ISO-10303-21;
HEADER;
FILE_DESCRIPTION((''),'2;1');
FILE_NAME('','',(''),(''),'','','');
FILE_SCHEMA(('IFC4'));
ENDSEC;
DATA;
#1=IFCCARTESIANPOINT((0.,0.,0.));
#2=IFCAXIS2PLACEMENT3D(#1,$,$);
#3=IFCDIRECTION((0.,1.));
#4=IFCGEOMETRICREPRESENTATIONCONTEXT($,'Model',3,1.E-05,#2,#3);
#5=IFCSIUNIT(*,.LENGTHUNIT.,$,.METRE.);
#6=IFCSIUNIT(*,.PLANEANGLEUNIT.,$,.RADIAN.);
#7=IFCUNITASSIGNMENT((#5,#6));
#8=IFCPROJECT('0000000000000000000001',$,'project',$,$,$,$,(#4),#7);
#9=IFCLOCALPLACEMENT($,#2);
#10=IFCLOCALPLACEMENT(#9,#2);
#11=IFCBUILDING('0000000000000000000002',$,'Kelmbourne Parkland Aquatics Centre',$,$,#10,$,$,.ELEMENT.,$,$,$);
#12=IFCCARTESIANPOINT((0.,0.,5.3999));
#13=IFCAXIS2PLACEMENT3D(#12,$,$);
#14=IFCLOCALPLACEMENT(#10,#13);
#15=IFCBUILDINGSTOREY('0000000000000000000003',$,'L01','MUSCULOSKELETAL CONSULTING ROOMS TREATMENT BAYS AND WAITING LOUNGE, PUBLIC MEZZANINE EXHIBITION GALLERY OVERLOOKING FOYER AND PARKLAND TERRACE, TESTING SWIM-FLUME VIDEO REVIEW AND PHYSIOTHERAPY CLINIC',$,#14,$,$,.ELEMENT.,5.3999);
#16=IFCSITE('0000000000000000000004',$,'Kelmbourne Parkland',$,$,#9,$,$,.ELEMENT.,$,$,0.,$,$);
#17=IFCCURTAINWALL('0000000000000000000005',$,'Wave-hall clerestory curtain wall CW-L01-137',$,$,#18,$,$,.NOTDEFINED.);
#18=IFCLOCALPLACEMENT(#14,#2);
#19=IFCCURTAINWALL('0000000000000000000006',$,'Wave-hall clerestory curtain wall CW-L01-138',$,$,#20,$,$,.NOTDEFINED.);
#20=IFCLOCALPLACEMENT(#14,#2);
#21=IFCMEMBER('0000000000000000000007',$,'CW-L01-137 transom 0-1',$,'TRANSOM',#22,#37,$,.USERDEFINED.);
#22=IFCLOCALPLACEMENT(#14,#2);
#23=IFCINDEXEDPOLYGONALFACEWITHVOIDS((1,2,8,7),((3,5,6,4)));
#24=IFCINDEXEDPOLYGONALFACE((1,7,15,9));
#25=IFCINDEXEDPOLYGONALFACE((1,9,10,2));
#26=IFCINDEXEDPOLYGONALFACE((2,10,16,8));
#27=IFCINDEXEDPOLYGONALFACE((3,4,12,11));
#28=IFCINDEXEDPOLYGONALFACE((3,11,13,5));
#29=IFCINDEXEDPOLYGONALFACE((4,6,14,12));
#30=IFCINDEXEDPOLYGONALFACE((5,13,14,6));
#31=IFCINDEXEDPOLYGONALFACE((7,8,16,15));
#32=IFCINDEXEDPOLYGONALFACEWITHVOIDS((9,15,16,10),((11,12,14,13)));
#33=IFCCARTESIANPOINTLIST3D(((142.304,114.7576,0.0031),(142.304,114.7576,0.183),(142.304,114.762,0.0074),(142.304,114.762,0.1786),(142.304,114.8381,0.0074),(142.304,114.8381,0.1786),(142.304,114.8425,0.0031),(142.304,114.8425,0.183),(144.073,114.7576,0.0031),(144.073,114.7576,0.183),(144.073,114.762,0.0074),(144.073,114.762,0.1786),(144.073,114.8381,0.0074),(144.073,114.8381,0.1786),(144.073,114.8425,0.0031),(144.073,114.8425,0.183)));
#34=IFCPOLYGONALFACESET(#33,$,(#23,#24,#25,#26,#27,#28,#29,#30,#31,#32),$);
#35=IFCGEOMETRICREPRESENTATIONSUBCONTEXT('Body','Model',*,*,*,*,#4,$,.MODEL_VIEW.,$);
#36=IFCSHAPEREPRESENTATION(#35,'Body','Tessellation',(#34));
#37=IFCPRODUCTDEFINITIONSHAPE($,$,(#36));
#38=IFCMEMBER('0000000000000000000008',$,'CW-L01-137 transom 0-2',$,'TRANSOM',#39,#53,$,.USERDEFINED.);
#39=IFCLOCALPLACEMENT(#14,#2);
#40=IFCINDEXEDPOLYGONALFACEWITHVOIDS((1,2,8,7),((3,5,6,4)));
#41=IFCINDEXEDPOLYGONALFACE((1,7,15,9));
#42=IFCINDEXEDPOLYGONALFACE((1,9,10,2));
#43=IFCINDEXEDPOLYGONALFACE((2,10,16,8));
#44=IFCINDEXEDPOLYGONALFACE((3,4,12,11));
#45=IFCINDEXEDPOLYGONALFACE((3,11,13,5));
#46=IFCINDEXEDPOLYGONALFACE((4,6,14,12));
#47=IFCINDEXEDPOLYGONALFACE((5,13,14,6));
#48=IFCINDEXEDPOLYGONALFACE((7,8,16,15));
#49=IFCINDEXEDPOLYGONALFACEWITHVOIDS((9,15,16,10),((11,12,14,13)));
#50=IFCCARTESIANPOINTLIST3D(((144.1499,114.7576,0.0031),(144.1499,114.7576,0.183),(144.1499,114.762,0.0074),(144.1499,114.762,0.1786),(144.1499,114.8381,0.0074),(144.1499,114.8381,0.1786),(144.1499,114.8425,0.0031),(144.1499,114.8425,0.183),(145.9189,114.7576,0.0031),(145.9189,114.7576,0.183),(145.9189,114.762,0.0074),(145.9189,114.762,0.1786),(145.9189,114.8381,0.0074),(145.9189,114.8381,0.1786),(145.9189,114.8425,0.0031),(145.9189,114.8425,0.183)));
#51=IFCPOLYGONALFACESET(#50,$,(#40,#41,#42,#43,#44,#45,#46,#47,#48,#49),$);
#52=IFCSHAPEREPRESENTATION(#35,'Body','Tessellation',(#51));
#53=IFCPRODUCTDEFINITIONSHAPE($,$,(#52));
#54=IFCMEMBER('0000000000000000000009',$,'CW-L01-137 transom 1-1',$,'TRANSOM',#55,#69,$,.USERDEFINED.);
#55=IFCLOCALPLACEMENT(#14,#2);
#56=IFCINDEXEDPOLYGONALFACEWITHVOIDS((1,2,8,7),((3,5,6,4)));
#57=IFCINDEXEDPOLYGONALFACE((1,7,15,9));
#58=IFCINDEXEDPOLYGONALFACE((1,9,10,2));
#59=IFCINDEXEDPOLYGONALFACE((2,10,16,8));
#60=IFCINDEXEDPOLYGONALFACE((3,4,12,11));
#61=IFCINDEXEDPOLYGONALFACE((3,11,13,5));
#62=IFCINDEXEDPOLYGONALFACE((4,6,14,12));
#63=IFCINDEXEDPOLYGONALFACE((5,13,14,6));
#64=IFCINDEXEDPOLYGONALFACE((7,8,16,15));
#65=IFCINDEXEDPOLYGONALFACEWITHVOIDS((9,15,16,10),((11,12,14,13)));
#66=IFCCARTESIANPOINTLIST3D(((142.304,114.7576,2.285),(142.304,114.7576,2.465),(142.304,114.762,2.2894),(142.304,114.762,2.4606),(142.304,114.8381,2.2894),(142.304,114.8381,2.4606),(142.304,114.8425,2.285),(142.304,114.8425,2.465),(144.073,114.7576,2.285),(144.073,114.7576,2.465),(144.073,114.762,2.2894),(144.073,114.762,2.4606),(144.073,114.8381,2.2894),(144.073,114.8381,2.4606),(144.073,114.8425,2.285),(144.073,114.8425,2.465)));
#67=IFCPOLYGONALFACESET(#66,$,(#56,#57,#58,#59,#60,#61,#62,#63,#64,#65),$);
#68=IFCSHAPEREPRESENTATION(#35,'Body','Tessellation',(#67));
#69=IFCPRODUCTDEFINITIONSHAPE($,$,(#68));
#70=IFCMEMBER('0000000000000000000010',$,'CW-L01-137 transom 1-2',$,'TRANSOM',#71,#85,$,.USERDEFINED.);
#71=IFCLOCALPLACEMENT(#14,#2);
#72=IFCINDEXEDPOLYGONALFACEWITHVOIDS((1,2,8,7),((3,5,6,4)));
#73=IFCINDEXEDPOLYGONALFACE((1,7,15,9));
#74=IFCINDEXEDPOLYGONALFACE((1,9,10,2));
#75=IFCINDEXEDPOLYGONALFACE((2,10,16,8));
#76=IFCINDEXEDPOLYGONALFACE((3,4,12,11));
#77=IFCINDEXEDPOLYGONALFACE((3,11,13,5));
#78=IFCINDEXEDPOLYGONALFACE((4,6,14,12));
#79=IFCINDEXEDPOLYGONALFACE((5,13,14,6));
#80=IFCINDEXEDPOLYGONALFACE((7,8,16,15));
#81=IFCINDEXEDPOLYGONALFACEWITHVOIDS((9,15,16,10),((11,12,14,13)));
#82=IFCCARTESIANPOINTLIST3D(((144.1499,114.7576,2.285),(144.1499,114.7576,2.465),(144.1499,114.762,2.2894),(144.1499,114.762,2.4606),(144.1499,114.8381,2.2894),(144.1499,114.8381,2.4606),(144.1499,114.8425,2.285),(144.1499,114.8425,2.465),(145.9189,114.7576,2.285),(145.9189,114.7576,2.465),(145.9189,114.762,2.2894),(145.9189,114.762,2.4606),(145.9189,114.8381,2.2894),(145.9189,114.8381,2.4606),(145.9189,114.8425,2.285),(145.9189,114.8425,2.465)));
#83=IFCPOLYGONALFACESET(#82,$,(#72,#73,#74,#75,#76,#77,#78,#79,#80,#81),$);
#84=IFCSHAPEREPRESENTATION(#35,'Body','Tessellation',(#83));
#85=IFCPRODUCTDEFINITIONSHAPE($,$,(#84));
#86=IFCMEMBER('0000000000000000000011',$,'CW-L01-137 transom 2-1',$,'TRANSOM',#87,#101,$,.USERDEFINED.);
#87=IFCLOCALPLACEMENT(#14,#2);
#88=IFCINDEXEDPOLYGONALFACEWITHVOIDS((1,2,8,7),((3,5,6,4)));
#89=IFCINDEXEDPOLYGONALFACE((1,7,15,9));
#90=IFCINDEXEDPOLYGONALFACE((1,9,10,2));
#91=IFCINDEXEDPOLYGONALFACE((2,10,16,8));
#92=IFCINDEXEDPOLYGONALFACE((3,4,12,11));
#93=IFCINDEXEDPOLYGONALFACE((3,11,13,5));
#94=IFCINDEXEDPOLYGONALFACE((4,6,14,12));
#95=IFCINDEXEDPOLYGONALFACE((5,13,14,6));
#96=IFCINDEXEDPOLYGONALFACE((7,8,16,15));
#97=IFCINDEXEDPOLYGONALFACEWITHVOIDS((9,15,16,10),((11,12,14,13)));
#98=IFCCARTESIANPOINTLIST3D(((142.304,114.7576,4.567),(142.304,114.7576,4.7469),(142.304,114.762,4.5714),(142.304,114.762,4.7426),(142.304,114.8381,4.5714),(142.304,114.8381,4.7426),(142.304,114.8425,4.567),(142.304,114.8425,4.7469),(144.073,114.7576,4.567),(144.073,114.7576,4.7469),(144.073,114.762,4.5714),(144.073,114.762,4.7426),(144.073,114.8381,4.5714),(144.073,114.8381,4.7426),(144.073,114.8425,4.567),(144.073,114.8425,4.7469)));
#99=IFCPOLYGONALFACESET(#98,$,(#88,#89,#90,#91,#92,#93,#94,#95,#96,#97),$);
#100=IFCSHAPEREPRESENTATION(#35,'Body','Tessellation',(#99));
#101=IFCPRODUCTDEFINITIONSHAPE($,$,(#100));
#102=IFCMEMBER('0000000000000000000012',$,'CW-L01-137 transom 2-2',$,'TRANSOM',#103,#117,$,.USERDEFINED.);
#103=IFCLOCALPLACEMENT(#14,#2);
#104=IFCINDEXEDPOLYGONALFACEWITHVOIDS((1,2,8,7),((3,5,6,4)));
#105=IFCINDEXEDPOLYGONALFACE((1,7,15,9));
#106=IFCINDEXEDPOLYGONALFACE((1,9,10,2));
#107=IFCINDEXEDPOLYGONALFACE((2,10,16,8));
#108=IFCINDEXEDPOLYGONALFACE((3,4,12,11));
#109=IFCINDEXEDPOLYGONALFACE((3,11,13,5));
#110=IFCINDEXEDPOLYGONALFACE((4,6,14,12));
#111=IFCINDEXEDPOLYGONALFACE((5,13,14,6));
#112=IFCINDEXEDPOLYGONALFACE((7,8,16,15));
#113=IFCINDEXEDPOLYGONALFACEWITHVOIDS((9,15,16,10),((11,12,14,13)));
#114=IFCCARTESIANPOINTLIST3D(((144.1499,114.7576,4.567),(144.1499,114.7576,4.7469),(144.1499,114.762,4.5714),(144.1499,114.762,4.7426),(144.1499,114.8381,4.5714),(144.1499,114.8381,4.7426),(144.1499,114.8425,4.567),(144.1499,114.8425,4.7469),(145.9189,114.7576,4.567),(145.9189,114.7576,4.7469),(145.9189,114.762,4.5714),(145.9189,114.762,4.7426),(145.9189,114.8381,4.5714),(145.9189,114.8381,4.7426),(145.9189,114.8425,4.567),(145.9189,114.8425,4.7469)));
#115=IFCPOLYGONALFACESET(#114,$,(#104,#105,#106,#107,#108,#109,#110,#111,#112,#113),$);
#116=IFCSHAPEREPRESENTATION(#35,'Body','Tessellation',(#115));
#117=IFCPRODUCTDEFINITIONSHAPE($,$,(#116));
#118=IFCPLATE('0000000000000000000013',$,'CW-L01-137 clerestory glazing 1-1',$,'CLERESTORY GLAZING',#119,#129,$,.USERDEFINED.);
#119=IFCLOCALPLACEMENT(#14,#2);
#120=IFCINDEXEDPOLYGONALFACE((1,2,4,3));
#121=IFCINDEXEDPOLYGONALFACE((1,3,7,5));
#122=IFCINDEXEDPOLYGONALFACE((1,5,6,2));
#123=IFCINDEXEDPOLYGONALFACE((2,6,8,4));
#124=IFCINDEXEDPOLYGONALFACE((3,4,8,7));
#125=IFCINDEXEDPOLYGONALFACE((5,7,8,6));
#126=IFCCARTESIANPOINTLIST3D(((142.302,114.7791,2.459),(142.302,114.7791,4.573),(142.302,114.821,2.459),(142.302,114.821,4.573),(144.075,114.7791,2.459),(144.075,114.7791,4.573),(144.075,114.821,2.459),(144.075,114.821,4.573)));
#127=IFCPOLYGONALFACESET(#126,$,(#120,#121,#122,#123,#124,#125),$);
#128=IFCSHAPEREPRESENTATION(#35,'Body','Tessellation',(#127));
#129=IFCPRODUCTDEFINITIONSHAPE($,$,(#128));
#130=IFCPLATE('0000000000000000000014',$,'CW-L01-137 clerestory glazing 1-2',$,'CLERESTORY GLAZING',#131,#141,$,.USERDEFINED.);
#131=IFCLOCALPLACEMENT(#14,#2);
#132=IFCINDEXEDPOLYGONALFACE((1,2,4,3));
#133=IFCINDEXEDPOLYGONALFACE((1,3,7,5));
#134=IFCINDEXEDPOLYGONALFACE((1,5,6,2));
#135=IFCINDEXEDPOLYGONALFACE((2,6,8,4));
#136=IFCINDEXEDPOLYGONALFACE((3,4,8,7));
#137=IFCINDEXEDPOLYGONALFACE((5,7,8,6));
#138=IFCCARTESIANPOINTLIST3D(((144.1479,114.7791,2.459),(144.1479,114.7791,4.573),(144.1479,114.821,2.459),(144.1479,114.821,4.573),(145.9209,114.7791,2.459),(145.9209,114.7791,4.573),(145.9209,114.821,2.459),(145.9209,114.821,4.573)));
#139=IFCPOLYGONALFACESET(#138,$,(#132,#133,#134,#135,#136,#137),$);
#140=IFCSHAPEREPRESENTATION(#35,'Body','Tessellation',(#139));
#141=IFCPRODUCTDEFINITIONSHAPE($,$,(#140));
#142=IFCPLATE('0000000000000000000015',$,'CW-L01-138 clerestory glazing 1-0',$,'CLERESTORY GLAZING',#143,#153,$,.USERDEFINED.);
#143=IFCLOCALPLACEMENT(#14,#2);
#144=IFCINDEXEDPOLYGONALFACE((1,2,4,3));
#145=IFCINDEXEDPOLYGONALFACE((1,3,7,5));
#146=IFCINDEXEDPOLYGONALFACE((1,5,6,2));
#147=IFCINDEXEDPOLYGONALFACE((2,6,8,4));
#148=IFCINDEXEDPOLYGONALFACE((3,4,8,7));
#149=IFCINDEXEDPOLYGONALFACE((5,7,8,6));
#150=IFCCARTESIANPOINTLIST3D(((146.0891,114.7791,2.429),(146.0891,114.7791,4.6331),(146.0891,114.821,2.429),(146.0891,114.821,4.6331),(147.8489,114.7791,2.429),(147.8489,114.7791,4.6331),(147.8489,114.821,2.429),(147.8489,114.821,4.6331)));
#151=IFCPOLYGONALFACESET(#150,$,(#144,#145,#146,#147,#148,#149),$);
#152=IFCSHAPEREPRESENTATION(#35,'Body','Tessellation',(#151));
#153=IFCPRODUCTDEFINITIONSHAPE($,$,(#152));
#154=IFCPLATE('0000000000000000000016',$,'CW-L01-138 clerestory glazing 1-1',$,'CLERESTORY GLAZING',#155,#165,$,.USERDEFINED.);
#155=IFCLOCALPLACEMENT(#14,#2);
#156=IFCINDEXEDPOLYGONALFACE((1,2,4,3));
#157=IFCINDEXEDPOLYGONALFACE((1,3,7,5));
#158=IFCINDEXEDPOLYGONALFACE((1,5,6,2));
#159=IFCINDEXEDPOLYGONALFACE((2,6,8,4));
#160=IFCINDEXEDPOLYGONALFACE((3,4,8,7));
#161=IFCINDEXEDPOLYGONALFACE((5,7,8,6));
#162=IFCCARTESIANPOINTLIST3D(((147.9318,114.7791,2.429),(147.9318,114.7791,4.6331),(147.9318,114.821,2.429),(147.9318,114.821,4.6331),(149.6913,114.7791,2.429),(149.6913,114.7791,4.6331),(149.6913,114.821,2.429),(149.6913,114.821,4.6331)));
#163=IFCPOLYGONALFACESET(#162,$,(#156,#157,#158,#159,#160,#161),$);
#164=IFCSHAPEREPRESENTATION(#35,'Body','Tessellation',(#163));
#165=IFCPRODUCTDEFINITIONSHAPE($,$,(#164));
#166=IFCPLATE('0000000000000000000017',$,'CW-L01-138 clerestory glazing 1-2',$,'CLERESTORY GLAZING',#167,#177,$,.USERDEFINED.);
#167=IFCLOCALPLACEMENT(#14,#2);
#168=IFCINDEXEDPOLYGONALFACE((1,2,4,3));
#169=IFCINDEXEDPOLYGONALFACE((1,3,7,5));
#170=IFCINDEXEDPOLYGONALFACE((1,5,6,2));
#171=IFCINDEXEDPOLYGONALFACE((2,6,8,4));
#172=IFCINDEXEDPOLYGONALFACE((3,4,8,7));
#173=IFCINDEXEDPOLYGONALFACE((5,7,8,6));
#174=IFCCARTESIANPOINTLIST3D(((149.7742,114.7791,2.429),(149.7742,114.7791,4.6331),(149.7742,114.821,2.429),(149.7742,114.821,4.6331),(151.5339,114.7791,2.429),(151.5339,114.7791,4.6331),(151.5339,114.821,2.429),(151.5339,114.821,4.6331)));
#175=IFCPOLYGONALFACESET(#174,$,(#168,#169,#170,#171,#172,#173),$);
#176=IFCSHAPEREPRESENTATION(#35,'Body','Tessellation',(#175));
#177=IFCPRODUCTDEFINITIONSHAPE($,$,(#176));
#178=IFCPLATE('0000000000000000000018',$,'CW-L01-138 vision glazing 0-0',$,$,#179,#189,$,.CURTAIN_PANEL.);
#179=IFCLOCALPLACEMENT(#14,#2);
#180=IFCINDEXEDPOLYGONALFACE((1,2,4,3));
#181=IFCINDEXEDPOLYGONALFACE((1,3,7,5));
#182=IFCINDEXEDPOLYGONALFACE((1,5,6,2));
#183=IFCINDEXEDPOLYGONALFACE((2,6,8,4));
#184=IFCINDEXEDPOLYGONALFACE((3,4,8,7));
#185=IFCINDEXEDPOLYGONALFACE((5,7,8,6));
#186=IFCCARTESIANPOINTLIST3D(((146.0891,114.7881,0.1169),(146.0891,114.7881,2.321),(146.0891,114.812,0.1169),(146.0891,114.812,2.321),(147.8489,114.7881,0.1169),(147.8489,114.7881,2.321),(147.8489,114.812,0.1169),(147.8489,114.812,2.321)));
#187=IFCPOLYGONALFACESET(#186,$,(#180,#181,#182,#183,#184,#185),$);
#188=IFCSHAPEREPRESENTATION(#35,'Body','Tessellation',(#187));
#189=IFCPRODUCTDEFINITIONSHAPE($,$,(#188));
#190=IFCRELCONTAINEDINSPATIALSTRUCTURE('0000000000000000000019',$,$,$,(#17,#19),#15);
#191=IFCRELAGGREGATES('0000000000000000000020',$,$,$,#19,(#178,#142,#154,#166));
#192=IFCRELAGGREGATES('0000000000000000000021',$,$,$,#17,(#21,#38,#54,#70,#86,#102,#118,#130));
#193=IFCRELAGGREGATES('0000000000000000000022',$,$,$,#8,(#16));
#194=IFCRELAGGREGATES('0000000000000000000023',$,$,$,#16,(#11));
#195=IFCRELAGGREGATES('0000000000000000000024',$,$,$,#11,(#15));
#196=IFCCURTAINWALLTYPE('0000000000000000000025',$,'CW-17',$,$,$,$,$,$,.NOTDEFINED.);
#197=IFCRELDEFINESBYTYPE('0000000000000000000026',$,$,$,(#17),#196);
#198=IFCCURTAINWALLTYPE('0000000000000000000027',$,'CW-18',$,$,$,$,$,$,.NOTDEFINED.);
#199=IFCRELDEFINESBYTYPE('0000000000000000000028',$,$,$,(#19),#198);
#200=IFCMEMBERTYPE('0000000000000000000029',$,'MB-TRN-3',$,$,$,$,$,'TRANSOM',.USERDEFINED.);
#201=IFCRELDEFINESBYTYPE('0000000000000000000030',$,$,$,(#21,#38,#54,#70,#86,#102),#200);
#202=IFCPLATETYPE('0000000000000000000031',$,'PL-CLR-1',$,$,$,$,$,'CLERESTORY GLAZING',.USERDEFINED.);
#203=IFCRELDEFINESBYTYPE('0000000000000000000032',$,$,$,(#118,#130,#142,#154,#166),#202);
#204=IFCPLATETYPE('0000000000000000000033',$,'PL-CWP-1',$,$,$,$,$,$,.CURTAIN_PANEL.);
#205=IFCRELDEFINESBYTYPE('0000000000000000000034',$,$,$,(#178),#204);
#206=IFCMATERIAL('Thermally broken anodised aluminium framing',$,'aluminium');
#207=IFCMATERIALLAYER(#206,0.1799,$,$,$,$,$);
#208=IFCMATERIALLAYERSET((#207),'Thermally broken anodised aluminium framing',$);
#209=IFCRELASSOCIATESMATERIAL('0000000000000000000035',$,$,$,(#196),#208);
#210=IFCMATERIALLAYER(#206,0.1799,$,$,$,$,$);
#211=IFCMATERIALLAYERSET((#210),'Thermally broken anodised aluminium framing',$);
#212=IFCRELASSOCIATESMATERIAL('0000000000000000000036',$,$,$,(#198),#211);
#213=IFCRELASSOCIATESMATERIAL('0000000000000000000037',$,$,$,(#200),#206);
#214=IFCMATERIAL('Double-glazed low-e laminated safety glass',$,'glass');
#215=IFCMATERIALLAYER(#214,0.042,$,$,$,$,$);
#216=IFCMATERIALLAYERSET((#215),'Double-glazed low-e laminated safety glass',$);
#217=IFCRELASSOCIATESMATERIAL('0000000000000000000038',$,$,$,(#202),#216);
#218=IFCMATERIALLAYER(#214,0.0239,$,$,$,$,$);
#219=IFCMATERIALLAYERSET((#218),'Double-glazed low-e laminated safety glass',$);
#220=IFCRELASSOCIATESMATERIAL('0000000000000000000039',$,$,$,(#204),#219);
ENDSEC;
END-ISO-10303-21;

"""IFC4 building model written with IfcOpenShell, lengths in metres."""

from ifc_helpers import new_model, si_unit, direction, frame, origin, origin_2d, place, context, subcontext, project, spatial, rectangle, hollow_rectangle, extrude, material, layer, layer_set, material_profile, profile_set, type_object, element, aggregate, save


model = new_model("IFC4")

# Units and contexts
model_context = context("Model", 3, precision=1e-05, world=origin(), true_north=direction((0.0, 1.0)))
body_context = subcontext(model_context, "Body", "Model", "MODEL_VIEW")
ifc_project = project(units=[si_unit("LENGTHUNIT", "METRE"), si_unit("PLANEANGLEUNIT", "RADIAN")], contexts=[model_context])

# Site, building, storey
site_placement = place(None, origin())
site = spatial("IfcSite", under=ifc_project, at=site_placement, Name="Kelmbourne Parkland", CompositionType="ELEMENT", RefElevation=0.0)
building_placement = place(site_placement, origin())
building = spatial("IfcBuilding", under=site, at=building_placement, Name="Kelmbourne Parkland Aquatics Centre", CompositionType="ELEMENT")
storey_placement = place(building_placement, frame((0.0, 0.0, 5.3999)))
storey = spatial("IfcBuildingStorey", under=building, at=storey_placement, Name="L01", Description="MUSCULOSKELETAL CONSULTING ROOMS TREATMENT BAYS AND WAITING LOUNGE, PUBLIC MEZZANINE EXHIBITION GALLERY OVERLOOKING FOYER AND PARKLAND TERRACE, TESTING SWIM-FLUME VIDEO REVIEW AND PHYSIOTHERAPY CLINIC", CompositionType="ELEMENT", Elevation=5.3999)

# Curtain walls
ifc_material_1 = material(Name="Thermally broken anodised aluminium framing", Category="aluminium")
ifc_layer_1 = layer(ifc_material_1, 0.1799)
ifc_layer_set_1 = layer_set([ifc_layer_1], Name="Thermally broken anodised aluminium framing")
curtain_wall_type_1 = type_object("IfcCurtainWallType", Name="CW-17", PredefinedType="NOTDEFINED", material=ifc_layer_set_1)
curtain_wall_1_placement = place(storey_placement, origin())
curtain_wall_1 = element("IfcCurtainWall", 1, at=curtain_wall_1_placement, inside=storey, type_object=curtain_wall_type_1, Name="Wave-hall clerestory curtain wall CW-L01-137", PredefinedType="NOTDEFINED")
ifc_layer_2 = layer(ifc_material_1, 0.1799)
ifc_layer_set_2 = layer_set([ifc_layer_2], Name="Thermally broken anodised aluminium framing")
curtain_wall_type_2 = type_object("IfcCurtainWallType", Name="CW-18", PredefinedType="NOTDEFINED", material=ifc_layer_set_2)
curtain_wall_2_placement = place(storey_placement, origin())
curtain_wall_2 = element("IfcCurtainWall", 2, at=curtain_wall_2_placement, inside=storey, type_object=curtain_wall_type_2, Name="Wave-hall clerestory curtain wall CW-L01-138", PredefinedType="NOTDEFINED")

# Members
ifc_material_profile_1 = material_profile(ifc_material_1, hollow_rectangle(XDim=0.085, YDim=0.1799, WallThickness=0.0044, at=origin_2d()), Name="CW-T 85x180")
ifc_profile_set_1 = profile_set([ifc_material_profile_1], Name="Thermally broken anodised aluminium framing")
member_type_1 = type_object("IfcMemberType", Name="MB-TRN-3", ElementType="TRANSOM", PredefinedType="USERDEFINED", material=ifc_profile_set_1)
member_1_placement = place(storey_placement, frame((142.304, 114.8, 0.093), z_axis=(1.0, 0.0, 0.0), x_axis=(0.0, 1.0, 0.0)))
member_1 = element("IfcMember", 3, at=member_1_placement, type_object=member_type_1, Name="CW-L01-137 transom 0-1", ObjectType="TRANSOM", PredefinedType="USERDEFINED", context=body_context, shape_type="SweptSolid", body=[
    extrude(hollow_rectangle(XDim=0.085, YDim=0.1799, WallThickness=0.0044, at=origin_2d()), origin(), (0.0, 0.0, 1.0), 1.769),
])
member_2_placement = place(storey_placement, frame((144.1499, 114.8, 0.093), z_axis=(1.0, 0.0, 0.0), x_axis=(0.0, 1.0, 0.0)))
member_2 = element("IfcMember", 4, at=member_2_placement, type_object=member_type_1, Name="CW-L01-137 transom 0-2", ObjectType="TRANSOM", PredefinedType="USERDEFINED", context=body_context, shape_type="SweptSolid", body=[
    extrude(hollow_rectangle(XDim=0.085, YDim=0.1799, WallThickness=0.0044, at=origin_2d()), origin(), (0.0, 0.0, 1.0), 1.769),
])
member_3_placement = place(storey_placement, frame((142.304, 114.8, 2.375), z_axis=(1.0, 0.0, 0.0), x_axis=(0.0, 1.0, 0.0)))
member_3 = element("IfcMember", 5, at=member_3_placement, type_object=member_type_1, Name="CW-L01-137 transom 1-1", ObjectType="TRANSOM", PredefinedType="USERDEFINED", context=body_context, shape_type="SweptSolid", body=[
    extrude(hollow_rectangle(XDim=0.085, YDim=0.1799, WallThickness=0.0044, at=origin_2d()), origin(), (0.0, 0.0, 1.0), 1.769),
])
member_4_placement = place(storey_placement, frame((144.1499, 114.8, 2.375), z_axis=(1.0, 0.0, 0.0), x_axis=(0.0, 1.0, 0.0)))
member_4 = element("IfcMember", 6, at=member_4_placement, type_object=member_type_1, Name="CW-L01-137 transom 1-2", ObjectType="TRANSOM", PredefinedType="USERDEFINED", context=body_context, shape_type="SweptSolid", body=[
    extrude(hollow_rectangle(XDim=0.085, YDim=0.1799, WallThickness=0.0044, at=origin_2d()), origin(), (0.0, 0.0, 1.0), 1.769),
])
member_5_placement = place(storey_placement, frame((142.304, 114.8, 4.657), z_axis=(1.0, 0.0, 0.0), x_axis=(0.0, 1.0, 0.0)))
member_5 = element("IfcMember", 7, at=member_5_placement, type_object=member_type_1, Name="CW-L01-137 transom 2-1", ObjectType="TRANSOM", PredefinedType="USERDEFINED", context=body_context, shape_type="SweptSolid", body=[
    extrude(hollow_rectangle(XDim=0.085, YDim=0.1799, WallThickness=0.0044, at=origin_2d()), origin(), (0.0, 0.0, 1.0), 1.769),
])
member_6_placement = place(storey_placement, frame((144.1499, 114.8, 4.657), z_axis=(1.0, 0.0, 0.0), x_axis=(0.0, 1.0, 0.0)))
member_6 = element("IfcMember", 8, at=member_6_placement, type_object=member_type_1, Name="CW-L01-137 transom 2-2", ObjectType="TRANSOM", PredefinedType="USERDEFINED", context=body_context, shape_type="SweptSolid", body=[
    extrude(hollow_rectangle(XDim=0.085, YDim=0.1799, WallThickness=0.0044, at=origin_2d()), origin(), (0.0, 0.0, 1.0), 1.769),
])

# Plates
ifc_material_2 = material(Name="Double-glazed low-e laminated safety glass", Category="glass")
ifc_layer_3 = layer(ifc_material_2, 0.042)
ifc_layer_set_3 = layer_set([ifc_layer_3], Name="Double-glazed low-e laminated safety glass")
plate_type_1 = type_object("IfcPlateType", Name="PL-CLR-1", ElementType="CLERESTORY GLAZING", PredefinedType="USERDEFINED", material=ifc_layer_set_3)
plate_1_placement = place(storey_placement, frame((143.1885, 114.8, 2.459), z_axis=(0.0, 0.0, 1.0), x_axis=(1.0, 0.0, 0.0)))
plate_1 = element("IfcPlate", 9, at=plate_1_placement, type_object=plate_type_1, Name="CW-L01-137 clerestory glazing 1-1", ObjectType="CLERESTORY GLAZING", PredefinedType="USERDEFINED", context=body_context, shape_type="SweptSolid", body=[
    extrude(rectangle(XDim=1.7729, YDim=0.042, at=origin_2d()), origin(), (0.0, 0.0, 1.0), 2.114),
])
plate_2_placement = place(storey_placement, frame((145.0344, 114.8, 2.459), z_axis=(0.0, 0.0, 1.0), x_axis=(1.0, 0.0, 0.0)))
plate_2 = element("IfcPlate", 10, at=plate_2_placement, type_object=plate_type_1, Name="CW-L01-137 clerestory glazing 1-2", ObjectType="CLERESTORY GLAZING", PredefinedType="USERDEFINED", context=body_context, shape_type="SweptSolid", body=[
    extrude(rectangle(XDim=1.7729, YDim=0.042, at=origin_2d()), origin(), (0.0, 0.0, 1.0), 2.114),
])
plate_3_placement = place(storey_placement, frame((146.969, 114.8, 2.429), z_axis=(0.0, 0.0, 1.0), x_axis=(1.0, 0.0, 0.0)))
plate_3 = element("IfcPlate", 11, at=plate_3_placement, type_object=plate_type_1, Name="CW-L01-138 clerestory glazing 1-0", ObjectType="CLERESTORY GLAZING", PredefinedType="USERDEFINED", context=body_context, shape_type="SweptSolid", body=[
    extrude(rectangle(XDim=1.7598, YDim=0.042, at=origin_2d()), origin(), (0.0, 0.0, 1.0), 2.2041),
])
plate_4_placement = place(storey_placement, frame((148.8115, 114.8, 2.429), z_axis=(0.0, 0.0, 1.0), x_axis=(1.0, 0.0, 0.0)))
plate_4 = element("IfcPlate", 12, at=plate_4_placement, type_object=plate_type_1, Name="CW-L01-138 clerestory glazing 1-1", ObjectType="CLERESTORY GLAZING", PredefinedType="USERDEFINED", context=body_context, shape_type="SweptSolid", body=[
    extrude(rectangle(XDim=1.7595, YDim=0.042, at=origin_2d()), origin(), (0.0, 0.0, 1.0), 2.2041),
])
plate_5_placement = place(storey_placement, frame((150.6541, 114.8, 2.429), z_axis=(0.0, 0.0, 1.0), x_axis=(1.0, 0.0, 0.0)))
plate_5 = element("IfcPlate", 13, at=plate_5_placement, type_object=plate_type_1, Name="CW-L01-138 clerestory glazing 1-2", ObjectType="CLERESTORY GLAZING", PredefinedType="USERDEFINED", context=body_context, shape_type="SweptSolid", body=[
    extrude(rectangle(XDim=1.7598, YDim=0.042, at=origin_2d()), origin(), (0.0, 0.0, 1.0), 2.2041),
])
ifc_layer_4 = layer(ifc_material_2, 0.0239)
ifc_layer_set_4 = layer_set([ifc_layer_4], Name="Double-glazed low-e laminated safety glass")
plate_type_2 = type_object("IfcPlateType", Name="PL-CWP-1", PredefinedType="CURTAIN_PANEL", material=ifc_layer_set_4)
plate_6_placement = place(storey_placement, frame((146.969, 114.8, 0.1169), z_axis=(0.0, 0.0, 1.0), x_axis=(1.0, 0.0, 0.0)))
plate_6 = element("IfcPlate", 14, at=plate_6_placement, type_object=plate_type_2, Name="CW-L01-138 vision glazing 0-0", PredefinedType="CURTAIN_PANEL", context=body_context, shape_type="SweptSolid", body=[
    extrude(rectangle(XDim=1.7598, YDim=0.0239, at=origin_2d()), origin(), (0.0, 0.0, 1.0), 2.2041),
])
aggregate(curtain_wall_2, [plate_6, plate_3, plate_4, plate_5])
aggregate(curtain_wall_1, [member_1, member_2, member_3, member_4, member_5, member_6, plate_1, plate_2])

save(model, "model.ifc")
